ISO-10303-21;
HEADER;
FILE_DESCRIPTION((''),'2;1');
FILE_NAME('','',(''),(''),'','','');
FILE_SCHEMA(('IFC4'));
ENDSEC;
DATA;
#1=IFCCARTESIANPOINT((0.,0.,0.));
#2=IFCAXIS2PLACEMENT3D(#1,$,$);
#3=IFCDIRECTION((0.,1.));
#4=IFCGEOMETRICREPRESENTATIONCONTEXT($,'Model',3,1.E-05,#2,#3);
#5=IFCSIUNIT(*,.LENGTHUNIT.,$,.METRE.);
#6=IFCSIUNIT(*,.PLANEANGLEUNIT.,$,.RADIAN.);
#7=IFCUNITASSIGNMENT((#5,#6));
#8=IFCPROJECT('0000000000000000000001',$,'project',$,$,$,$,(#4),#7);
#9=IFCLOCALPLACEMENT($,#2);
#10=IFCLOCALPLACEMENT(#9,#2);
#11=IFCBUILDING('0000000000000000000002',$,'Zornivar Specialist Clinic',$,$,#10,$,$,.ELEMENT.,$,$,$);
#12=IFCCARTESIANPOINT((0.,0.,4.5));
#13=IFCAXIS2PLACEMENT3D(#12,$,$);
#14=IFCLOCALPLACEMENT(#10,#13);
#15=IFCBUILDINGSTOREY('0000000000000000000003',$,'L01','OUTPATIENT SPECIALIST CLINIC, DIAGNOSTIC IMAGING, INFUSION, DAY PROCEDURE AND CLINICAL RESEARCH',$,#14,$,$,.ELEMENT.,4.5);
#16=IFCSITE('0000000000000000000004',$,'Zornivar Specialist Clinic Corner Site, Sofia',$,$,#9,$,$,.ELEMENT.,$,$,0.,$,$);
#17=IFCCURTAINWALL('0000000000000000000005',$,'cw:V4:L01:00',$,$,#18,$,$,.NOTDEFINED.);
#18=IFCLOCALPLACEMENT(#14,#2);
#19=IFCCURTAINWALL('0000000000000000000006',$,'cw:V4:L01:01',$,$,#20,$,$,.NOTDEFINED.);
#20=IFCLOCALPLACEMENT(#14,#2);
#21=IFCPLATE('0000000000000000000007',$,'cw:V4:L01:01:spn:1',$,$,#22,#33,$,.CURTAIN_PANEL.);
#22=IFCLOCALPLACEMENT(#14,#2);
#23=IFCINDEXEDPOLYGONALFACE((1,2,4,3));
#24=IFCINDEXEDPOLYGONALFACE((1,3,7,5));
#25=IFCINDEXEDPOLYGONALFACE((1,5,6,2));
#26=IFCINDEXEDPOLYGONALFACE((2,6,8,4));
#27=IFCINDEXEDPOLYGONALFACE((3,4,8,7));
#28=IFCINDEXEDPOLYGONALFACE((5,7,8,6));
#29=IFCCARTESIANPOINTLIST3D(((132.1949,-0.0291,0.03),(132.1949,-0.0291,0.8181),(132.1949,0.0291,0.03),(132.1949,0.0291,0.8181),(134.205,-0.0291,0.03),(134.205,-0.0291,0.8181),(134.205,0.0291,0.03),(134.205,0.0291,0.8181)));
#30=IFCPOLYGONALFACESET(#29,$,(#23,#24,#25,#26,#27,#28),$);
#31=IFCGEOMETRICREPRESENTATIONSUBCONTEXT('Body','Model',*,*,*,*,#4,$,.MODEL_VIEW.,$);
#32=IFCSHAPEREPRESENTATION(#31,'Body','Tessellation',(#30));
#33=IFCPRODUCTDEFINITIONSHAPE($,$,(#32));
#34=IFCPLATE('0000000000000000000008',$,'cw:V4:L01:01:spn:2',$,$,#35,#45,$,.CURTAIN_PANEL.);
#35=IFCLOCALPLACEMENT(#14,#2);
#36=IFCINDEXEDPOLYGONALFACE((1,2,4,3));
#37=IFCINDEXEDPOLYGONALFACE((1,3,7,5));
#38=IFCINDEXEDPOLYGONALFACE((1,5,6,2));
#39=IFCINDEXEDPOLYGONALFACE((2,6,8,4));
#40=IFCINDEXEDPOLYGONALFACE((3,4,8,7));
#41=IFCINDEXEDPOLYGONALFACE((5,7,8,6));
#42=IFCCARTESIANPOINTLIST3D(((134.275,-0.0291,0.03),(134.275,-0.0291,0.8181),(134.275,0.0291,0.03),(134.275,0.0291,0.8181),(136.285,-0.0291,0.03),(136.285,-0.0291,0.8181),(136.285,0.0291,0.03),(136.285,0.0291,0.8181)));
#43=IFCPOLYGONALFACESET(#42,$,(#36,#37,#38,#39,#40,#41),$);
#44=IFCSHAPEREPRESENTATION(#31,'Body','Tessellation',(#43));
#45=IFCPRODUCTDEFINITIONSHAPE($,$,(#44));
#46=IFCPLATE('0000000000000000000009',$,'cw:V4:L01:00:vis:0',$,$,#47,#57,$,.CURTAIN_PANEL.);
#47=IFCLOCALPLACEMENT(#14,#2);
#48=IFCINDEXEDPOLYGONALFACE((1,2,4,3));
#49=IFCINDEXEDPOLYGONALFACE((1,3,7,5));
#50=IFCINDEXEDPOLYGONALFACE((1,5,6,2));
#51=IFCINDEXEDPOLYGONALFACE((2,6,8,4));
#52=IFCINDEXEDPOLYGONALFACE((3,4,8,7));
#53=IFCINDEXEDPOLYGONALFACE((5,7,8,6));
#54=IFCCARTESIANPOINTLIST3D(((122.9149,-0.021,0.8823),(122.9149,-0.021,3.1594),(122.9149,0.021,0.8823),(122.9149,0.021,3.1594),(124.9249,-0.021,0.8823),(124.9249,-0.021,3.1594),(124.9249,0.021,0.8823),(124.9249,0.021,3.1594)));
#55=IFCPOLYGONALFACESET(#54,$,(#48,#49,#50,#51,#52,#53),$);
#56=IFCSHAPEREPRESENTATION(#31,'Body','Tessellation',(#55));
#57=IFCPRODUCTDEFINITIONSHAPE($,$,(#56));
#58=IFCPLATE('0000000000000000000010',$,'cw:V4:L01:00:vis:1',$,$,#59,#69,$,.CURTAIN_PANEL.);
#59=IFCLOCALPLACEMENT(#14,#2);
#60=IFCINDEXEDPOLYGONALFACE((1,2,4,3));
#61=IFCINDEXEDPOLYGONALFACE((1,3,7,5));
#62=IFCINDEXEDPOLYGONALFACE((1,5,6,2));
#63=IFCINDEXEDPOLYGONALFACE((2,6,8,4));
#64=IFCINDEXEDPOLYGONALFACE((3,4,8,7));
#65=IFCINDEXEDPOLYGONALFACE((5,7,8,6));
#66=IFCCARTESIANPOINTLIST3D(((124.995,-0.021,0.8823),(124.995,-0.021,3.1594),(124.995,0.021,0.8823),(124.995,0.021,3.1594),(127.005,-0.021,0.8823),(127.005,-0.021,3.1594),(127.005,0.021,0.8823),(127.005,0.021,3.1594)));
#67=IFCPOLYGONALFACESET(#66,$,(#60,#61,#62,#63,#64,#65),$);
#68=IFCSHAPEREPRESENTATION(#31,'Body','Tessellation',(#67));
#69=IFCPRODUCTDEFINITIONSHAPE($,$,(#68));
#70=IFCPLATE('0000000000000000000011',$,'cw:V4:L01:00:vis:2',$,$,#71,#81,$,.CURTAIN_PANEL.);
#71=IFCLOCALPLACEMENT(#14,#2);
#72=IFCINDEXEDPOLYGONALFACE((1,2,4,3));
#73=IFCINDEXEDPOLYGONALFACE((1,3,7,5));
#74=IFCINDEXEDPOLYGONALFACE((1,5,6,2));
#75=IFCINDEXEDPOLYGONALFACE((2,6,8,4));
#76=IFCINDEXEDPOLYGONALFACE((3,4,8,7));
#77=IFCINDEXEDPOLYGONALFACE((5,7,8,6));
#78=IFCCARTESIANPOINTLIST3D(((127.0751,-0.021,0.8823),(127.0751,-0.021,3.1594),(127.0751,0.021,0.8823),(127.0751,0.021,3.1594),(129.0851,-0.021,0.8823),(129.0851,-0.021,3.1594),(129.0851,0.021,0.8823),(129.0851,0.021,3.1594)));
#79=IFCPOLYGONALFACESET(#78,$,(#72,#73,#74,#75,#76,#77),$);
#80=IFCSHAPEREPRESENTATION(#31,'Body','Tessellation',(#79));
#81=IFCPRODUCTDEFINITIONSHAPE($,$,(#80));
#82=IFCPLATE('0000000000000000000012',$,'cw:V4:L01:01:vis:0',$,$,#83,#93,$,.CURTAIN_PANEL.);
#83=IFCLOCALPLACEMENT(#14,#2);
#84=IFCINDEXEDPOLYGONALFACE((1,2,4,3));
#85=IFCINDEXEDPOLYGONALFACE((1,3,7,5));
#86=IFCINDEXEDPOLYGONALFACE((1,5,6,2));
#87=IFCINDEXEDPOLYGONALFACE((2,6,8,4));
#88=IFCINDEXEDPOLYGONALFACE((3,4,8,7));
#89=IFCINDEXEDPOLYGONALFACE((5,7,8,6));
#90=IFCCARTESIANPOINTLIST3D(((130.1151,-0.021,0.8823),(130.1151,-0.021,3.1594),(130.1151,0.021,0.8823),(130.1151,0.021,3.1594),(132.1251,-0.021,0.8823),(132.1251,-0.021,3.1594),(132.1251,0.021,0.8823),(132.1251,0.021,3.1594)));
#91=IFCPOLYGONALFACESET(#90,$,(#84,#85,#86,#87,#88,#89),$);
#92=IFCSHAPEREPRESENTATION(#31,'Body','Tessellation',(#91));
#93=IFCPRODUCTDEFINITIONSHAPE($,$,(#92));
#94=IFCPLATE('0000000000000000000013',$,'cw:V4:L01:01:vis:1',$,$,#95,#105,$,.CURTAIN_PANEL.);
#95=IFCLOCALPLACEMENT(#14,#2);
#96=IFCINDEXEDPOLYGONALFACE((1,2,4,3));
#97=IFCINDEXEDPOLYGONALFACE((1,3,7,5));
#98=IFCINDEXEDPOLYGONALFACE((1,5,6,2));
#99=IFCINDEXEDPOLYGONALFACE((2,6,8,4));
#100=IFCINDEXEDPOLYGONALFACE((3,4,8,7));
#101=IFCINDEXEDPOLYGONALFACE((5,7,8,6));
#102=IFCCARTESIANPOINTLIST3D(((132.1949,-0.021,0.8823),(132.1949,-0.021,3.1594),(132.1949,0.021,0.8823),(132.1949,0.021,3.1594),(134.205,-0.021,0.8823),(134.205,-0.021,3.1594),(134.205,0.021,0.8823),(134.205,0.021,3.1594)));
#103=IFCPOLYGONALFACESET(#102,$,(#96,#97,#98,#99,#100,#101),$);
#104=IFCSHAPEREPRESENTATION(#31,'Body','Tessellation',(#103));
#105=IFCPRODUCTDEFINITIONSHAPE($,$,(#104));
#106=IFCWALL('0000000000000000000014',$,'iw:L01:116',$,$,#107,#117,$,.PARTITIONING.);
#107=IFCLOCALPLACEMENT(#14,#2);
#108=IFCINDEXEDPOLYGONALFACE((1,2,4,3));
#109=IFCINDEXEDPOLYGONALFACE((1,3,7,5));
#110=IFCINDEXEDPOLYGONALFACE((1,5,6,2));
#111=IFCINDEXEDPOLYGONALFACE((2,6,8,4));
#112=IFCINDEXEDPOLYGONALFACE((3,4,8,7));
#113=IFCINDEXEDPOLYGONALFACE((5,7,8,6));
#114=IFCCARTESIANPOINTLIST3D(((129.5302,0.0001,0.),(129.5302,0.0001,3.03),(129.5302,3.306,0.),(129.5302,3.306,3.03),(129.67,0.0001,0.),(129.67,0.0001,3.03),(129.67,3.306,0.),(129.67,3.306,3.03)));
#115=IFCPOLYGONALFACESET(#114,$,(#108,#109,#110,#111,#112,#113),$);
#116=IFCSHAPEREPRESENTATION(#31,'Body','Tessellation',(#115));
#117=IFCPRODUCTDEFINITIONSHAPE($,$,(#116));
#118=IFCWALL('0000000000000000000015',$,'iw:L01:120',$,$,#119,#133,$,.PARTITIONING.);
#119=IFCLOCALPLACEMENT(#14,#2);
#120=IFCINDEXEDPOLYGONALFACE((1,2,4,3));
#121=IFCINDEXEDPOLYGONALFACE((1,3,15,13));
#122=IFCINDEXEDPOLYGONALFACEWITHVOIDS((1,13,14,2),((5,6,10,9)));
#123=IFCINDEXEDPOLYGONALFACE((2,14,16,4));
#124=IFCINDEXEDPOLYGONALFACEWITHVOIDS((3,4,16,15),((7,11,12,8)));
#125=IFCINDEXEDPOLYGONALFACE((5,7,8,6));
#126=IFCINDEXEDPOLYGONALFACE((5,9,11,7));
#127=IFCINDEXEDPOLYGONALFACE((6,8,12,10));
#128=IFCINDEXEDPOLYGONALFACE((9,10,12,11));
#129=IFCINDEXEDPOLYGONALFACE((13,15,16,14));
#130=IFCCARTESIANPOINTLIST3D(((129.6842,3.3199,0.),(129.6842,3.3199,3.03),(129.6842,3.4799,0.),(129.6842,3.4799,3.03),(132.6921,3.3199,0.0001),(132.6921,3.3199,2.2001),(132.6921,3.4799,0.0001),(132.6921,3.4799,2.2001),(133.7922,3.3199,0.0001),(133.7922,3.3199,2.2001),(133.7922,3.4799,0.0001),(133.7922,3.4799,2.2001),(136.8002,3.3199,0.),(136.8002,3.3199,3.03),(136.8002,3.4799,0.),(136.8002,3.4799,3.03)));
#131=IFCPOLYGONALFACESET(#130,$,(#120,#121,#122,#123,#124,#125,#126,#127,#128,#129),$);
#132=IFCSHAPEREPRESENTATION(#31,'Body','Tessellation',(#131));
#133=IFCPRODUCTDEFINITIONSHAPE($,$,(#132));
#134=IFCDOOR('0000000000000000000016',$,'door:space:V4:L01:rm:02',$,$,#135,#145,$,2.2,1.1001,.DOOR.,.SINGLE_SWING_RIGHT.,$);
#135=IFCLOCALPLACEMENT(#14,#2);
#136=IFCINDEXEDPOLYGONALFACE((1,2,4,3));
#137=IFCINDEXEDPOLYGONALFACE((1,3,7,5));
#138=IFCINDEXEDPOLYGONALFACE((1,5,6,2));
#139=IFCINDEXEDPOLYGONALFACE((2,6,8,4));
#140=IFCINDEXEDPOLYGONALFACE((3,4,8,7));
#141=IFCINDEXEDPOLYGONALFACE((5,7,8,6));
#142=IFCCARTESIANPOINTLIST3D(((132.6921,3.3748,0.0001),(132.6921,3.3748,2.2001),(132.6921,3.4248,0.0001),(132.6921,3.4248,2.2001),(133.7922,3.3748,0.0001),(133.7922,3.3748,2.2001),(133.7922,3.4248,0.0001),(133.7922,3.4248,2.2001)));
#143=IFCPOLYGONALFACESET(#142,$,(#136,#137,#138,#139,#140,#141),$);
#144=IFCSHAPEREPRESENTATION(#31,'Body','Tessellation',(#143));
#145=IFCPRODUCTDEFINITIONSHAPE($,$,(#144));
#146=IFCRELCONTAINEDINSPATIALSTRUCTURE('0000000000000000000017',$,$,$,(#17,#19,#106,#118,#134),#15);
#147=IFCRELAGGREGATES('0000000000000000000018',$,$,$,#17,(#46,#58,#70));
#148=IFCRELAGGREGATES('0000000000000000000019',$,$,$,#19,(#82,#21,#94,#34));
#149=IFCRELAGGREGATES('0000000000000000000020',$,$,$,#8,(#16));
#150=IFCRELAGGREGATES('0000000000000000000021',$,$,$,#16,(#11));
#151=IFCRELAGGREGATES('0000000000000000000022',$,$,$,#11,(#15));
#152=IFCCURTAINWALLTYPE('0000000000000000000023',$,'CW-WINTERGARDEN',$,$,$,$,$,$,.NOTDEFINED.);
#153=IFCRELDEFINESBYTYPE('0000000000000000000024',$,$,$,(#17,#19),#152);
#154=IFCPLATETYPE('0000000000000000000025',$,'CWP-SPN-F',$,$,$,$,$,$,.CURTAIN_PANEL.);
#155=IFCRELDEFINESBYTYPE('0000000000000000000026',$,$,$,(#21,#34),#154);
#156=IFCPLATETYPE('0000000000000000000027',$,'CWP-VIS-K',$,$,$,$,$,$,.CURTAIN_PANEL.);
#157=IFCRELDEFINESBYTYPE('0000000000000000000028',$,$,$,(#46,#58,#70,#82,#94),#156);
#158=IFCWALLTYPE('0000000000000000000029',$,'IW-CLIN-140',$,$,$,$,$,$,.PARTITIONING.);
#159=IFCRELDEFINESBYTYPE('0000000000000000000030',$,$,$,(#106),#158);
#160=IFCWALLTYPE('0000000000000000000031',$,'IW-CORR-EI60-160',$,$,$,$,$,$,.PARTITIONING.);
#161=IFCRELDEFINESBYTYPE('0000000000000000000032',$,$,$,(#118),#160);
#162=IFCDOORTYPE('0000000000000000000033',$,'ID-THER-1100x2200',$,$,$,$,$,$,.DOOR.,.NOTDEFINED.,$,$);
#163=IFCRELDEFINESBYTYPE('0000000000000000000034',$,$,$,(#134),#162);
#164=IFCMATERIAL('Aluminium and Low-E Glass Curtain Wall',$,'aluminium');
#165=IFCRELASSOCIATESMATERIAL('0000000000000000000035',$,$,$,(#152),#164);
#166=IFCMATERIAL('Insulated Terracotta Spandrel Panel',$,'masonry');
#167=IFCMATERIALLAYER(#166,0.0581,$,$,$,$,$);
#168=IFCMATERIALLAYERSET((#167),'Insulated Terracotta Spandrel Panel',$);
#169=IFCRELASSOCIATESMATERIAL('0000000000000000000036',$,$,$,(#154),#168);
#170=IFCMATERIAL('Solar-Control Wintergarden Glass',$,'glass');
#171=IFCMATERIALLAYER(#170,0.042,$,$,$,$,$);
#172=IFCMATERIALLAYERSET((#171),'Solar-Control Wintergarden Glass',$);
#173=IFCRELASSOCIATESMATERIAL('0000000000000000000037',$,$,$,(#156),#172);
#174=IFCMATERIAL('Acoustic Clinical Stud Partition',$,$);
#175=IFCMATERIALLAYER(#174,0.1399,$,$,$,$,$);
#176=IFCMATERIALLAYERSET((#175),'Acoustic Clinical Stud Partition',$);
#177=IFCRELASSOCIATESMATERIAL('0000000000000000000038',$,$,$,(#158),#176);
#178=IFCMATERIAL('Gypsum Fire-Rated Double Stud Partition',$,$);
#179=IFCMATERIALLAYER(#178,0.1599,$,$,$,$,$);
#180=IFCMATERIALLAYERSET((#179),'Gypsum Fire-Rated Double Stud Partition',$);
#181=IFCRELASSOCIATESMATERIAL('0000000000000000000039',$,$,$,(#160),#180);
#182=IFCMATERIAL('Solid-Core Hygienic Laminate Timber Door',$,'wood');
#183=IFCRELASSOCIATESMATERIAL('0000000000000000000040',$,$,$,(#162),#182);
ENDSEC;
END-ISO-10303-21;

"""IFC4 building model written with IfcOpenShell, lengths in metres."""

from ifc_helpers import new_model, si_unit, direction, frame, frame_2d, origin, origin_2d, place, context, subcontext, project, spatial, rectangle, extrude, material, layer, layer_set, type_object, element, fill, aggregate, save


model = new_model("IFC4")

# Units and contexts
model_context = context("Model", 3, precision=1e-05, world=origin(), true_north=direction((0.0, 1.0)))
body_context = subcontext(model_context, "Body", "Model", "MODEL_VIEW")
ifc_project = project(units=[si_unit("LENGTHUNIT", "METRE"), si_unit("PLANEANGLEUNIT", "RADIAN")], contexts=[model_context])

# Site, building, storey
site_placement = place(None, origin())
site = spatial("IfcSite", under=ifc_project, at=site_placement, Name="Zornivar Specialist Clinic Corner Site, Sofia", CompositionType="ELEMENT", RefElevation=0.0)
building_placement = place(site_placement, origin())
building = spatial("IfcBuilding", under=site, at=building_placement, Name="Zornivar Specialist Clinic", CompositionType="ELEMENT")
storey_placement = place(building_placement, frame((0.0, 0.0, 4.5)))
storey = spatial("IfcBuildingStorey", under=building, at=storey_placement, Name="L01", Description="OUTPATIENT SPECIALIST CLINIC, DIAGNOSTIC IMAGING, INFUSION, DAY PROCEDURE AND CLINICAL RESEARCH", CompositionType="ELEMENT", Elevation=4.5)

# Curtain walls
ifc_material_1 = material(Name="Aluminium and Low-E Glass Curtain Wall", Category="aluminium")
curtain_wall_type = type_object("IfcCurtainWallType", Name="CW-WINTERGARDEN", PredefinedType="NOTDEFINED", material=ifc_material_1)
curtain_wall_1_placement = place(storey_placement, origin())
curtain_wall_1 = element("IfcCurtainWall", 1, at=curtain_wall_1_placement, inside=storey, type_object=curtain_wall_type, Name="cw:V4:L01:00", PredefinedType="NOTDEFINED")
curtain_wall_2_placement = place(storey_placement, origin())
curtain_wall_2 = element("IfcCurtainWall", 2, at=curtain_wall_2_placement, inside=storey, type_object=curtain_wall_type, Name="cw:V4:L01:01", PredefinedType="NOTDEFINED")

# Plates
ifc_material_2 = material(Name="Insulated Terracotta Spandrel Panel", Category="masonry")
ifc_layer_1 = layer(ifc_material_2, 0.0581)
ifc_layer_set_1 = layer_set([ifc_layer_1], Name="Insulated Terracotta Spandrel Panel")
plate_type_1 = type_object("IfcPlateType", Name="CWP-SPN-F", PredefinedType="CURTAIN_PANEL", material=ifc_layer_set_1)
plate_1_placement = place(storey_placement, frame((133.2, 0.0, 0.03), z_axis=(0.0, 0.0, 1.0), x_axis=(1.0, 0.0, 0.0)))
plate_1 = element("IfcPlate", 3, at=plate_1_placement, type_object=plate_type_1, Name="cw:V4:L01:01:spn:1", PredefinedType="CURTAIN_PANEL", context=body_context, shape_type="SweptSolid", body=[
    extrude(rectangle(XDim=2.01, YDim=0.0581, at=origin_2d()), origin(), (0.0, 0.0, 1.0), 0.7881),
])
plate_2_placement = place(storey_placement, frame((135.28, 0.0, 0.03), z_axis=(0.0, 0.0, 1.0), x_axis=(1.0, 0.0, 0.0)))
plate_2 = element("IfcPlate", 4, at=plate_2_placement, type_object=plate_type_1, Name="cw:V4:L01:01:spn:2", PredefinedType="CURTAIN_PANEL", context=body_context, shape_type="SweptSolid", body=[
    extrude(rectangle(XDim=2.01, YDim=0.0581, at=origin_2d()), origin(), (0.0, 0.0, 1.0), 0.7881),
])
ifc_material_3 = material(Name="Solar-Control Wintergarden Glass", Category="glass")
ifc_layer_2 = layer(ifc_material_3, 0.042)
ifc_layer_set_2 = layer_set([ifc_layer_2], Name="Solar-Control Wintergarden Glass")
plate_type_2 = type_object("IfcPlateType", Name="CWP-VIS-K", PredefinedType="CURTAIN_PANEL", material=ifc_layer_set_2)
plate_3_placement = place(storey_placement, frame((123.9199, 0.0, 0.8823), z_axis=(0.0, 0.0, 1.0), x_axis=(1.0, 0.0, 0.0)))
plate_3 = element("IfcPlate", 5, at=plate_3_placement, type_object=plate_type_2, Name="cw:V4:L01:00:vis:0", PredefinedType="CURTAIN_PANEL", context=body_context, shape_type="SweptSolid", body=[
    extrude(rectangle(XDim=2.01, YDim=0.042, at=origin_2d()), origin(), (0.0, 0.0, 1.0), 2.2771),
])
plate_4_placement = place(storey_placement, frame((126.0, 0.0, 0.8823), z_axis=(0.0, 0.0, 1.0), x_axis=(1.0, 0.0, 0.0)))
plate_4 = element("IfcPlate", 6, at=plate_4_placement, type_object=plate_type_2, Name="cw:V4:L01:00:vis:1", PredefinedType="CURTAIN_PANEL", context=body_context, shape_type="SweptSolid", body=[
    extrude(rectangle(XDim=2.01, YDim=0.042, at=origin_2d()), origin(), (0.0, 0.0, 1.0), 2.2771),
])
plate_5_placement = place(storey_placement, frame((128.0801, 0.0, 0.8823), z_axis=(0.0, 0.0, 1.0), x_axis=(1.0, 0.0, 0.0)))
plate_5 = element("IfcPlate", 7, at=plate_5_placement, type_object=plate_type_2, Name="cw:V4:L01:00:vis:2", PredefinedType="CURTAIN_PANEL", context=body_context, shape_type="SweptSolid", body=[
    extrude(rectangle(XDim=2.01, YDim=0.042, at=origin_2d()), origin(), (0.0, 0.0, 1.0), 2.2771),
])
aggregate(curtain_wall_1, [plate_3, plate_4, plate_5])
plate_6_placement = place(storey_placement, frame((131.1201, 0.0, 0.8823), z_axis=(0.0, 0.0, 1.0), x_axis=(1.0, 0.0, 0.0)))
plate_6 = element("IfcPlate", 8, at=plate_6_placement, type_object=plate_type_2, Name="cw:V4:L01:01:vis:0", PredefinedType="CURTAIN_PANEL", context=body_context, shape_type="SweptSolid", body=[
    extrude(rectangle(XDim=2.01, YDim=0.042, at=origin_2d()), origin(), (0.0, 0.0, 1.0), 2.2771),
])
plate_7_placement = place(storey_placement, frame((133.2, 0.0, 0.8823), z_axis=(0.0, 0.0, 1.0), x_axis=(1.0, 0.0, 0.0)))
plate_7 = element("IfcPlate", 9, at=plate_7_placement, type_object=plate_type_2, Name="cw:V4:L01:01:vis:1", PredefinedType="CURTAIN_PANEL", context=body_context, shape_type="SweptSolid", body=[
    extrude(rectangle(XDim=2.01, YDim=0.042, at=origin_2d()), origin(), (0.0, 0.0, 1.0), 2.2771),
])
aggregate(curtain_wall_2, [plate_6, plate_1, plate_7, plate_2])

# Wall
ifc_material_4 = material(Name="Acoustic Clinical Stud Partition")
ifc_layer_3 = layer(ifc_material_4, 0.1399)
ifc_layer_set_3 = layer_set([ifc_layer_3], Name="Acoustic Clinical Stud Partition")
wall_type_1 = type_object("IfcWallType", Name="IW-CLIN-140", PredefinedType="PARTITIONING", material=ifc_layer_set_3)
wall_1_placement = place(storey_placement, frame((129.6001, 3.3059, 0.0), z_axis=(0.0, 0.0, 1.0), x_axis=(0.0, -1.0, 0.0)))
element("IfcWall", 10, at=wall_1_placement, inside=storey, type_object=wall_type_1, Name="iw:L01:116", PredefinedType="PARTITIONING", context=body_context, shape_type="SweptSolid", body=[
    extrude(rectangle(XDim=3.3059, YDim=0.1399, at=frame_2d((1.6528, 0.0))), origin(), (0.0, 0.0, 1.0), 3.03),
])

# Wall, opening, door
ifc_material_5 = material(Name="Gypsum Fire-Rated Double Stud Partition")
ifc_layer_4 = layer(ifc_material_5, 0.1599)
ifc_layer_set_4 = layer_set([ifc_layer_4], Name="Gypsum Fire-Rated Double Stud Partition")
wall_type_2 = type_object("IfcWallType", Name="IW-CORR-EI60-160", PredefinedType="PARTITIONING", material=ifc_layer_set_4)
wall_2_placement = place(storey_placement, frame((129.6841, 3.3999, 0.0), z_axis=(0.0, 0.0, 1.0), x_axis=(1.0, 0.0, 0.0)))
wall_2 = element("IfcWall", 11, at=wall_2_placement, inside=storey, type_object=wall_type_2, Name="iw:L01:120", PredefinedType="PARTITIONING", context=body_context, shape_type="SweptSolid", body=[
    extrude(rectangle(XDim=7.116, YDim=0.1599, at=frame_2d((3.5581, 0.0))), origin(), (0.0, 0.0, 1.0), 3.03),
])
opening_placement = place(wall_2_placement, frame((3.0081, 0.0, 0.0)))
opening = element("IfcOpeningElement", 12, at=opening_placement, cuts=wall_2, PredefinedType="OPENING", context=body_context, shape_type="SweptSolid", body=[
    extrude(rectangle(XDim=1.1001, YDim=2.2, at=frame_2d((0.55, 1.1001))), frame((0.0, 0.0898, 0.0), z_axis=(0.0, -1.0, 0.0), x_axis=(1.0, 0.0, 0.0)), (0.0, 0.0, 1.0), 0.1799),
])
ifc_material_6 = material(Name="Solid-Core Hygienic Laminate Timber Door", Category="wood")
door_type = type_object("IfcDoorType", Name="ID-THER-1100x2200", OperationType="NOTDEFINED", PredefinedType="DOOR", material=ifc_material_6)
door_placement = place(opening_placement, origin())
door = element("IfcDoor", 13, at=door_placement, inside=storey, type_object=door_type, Name="door:space:V4:L01:rm:02", OperationType="SINGLE_SWING_RIGHT", OverallHeight=2.2, OverallWidth=1.1001, PredefinedType="DOOR", context=body_context, shape_type="SweptSolid", body=[
    extrude(rectangle(XDim=1.1001, YDim=2.2, at=frame_2d((0.55, 1.1001))), frame((0.0, 0.0249, 0.0), z_axis=(0.0, -1.0, 0.0), x_axis=(1.0, 0.0, 0.0)), (0.0, 0.0, 1.0), 0.05),
])
fill(opening, door)

save(model, "model.ifc")
